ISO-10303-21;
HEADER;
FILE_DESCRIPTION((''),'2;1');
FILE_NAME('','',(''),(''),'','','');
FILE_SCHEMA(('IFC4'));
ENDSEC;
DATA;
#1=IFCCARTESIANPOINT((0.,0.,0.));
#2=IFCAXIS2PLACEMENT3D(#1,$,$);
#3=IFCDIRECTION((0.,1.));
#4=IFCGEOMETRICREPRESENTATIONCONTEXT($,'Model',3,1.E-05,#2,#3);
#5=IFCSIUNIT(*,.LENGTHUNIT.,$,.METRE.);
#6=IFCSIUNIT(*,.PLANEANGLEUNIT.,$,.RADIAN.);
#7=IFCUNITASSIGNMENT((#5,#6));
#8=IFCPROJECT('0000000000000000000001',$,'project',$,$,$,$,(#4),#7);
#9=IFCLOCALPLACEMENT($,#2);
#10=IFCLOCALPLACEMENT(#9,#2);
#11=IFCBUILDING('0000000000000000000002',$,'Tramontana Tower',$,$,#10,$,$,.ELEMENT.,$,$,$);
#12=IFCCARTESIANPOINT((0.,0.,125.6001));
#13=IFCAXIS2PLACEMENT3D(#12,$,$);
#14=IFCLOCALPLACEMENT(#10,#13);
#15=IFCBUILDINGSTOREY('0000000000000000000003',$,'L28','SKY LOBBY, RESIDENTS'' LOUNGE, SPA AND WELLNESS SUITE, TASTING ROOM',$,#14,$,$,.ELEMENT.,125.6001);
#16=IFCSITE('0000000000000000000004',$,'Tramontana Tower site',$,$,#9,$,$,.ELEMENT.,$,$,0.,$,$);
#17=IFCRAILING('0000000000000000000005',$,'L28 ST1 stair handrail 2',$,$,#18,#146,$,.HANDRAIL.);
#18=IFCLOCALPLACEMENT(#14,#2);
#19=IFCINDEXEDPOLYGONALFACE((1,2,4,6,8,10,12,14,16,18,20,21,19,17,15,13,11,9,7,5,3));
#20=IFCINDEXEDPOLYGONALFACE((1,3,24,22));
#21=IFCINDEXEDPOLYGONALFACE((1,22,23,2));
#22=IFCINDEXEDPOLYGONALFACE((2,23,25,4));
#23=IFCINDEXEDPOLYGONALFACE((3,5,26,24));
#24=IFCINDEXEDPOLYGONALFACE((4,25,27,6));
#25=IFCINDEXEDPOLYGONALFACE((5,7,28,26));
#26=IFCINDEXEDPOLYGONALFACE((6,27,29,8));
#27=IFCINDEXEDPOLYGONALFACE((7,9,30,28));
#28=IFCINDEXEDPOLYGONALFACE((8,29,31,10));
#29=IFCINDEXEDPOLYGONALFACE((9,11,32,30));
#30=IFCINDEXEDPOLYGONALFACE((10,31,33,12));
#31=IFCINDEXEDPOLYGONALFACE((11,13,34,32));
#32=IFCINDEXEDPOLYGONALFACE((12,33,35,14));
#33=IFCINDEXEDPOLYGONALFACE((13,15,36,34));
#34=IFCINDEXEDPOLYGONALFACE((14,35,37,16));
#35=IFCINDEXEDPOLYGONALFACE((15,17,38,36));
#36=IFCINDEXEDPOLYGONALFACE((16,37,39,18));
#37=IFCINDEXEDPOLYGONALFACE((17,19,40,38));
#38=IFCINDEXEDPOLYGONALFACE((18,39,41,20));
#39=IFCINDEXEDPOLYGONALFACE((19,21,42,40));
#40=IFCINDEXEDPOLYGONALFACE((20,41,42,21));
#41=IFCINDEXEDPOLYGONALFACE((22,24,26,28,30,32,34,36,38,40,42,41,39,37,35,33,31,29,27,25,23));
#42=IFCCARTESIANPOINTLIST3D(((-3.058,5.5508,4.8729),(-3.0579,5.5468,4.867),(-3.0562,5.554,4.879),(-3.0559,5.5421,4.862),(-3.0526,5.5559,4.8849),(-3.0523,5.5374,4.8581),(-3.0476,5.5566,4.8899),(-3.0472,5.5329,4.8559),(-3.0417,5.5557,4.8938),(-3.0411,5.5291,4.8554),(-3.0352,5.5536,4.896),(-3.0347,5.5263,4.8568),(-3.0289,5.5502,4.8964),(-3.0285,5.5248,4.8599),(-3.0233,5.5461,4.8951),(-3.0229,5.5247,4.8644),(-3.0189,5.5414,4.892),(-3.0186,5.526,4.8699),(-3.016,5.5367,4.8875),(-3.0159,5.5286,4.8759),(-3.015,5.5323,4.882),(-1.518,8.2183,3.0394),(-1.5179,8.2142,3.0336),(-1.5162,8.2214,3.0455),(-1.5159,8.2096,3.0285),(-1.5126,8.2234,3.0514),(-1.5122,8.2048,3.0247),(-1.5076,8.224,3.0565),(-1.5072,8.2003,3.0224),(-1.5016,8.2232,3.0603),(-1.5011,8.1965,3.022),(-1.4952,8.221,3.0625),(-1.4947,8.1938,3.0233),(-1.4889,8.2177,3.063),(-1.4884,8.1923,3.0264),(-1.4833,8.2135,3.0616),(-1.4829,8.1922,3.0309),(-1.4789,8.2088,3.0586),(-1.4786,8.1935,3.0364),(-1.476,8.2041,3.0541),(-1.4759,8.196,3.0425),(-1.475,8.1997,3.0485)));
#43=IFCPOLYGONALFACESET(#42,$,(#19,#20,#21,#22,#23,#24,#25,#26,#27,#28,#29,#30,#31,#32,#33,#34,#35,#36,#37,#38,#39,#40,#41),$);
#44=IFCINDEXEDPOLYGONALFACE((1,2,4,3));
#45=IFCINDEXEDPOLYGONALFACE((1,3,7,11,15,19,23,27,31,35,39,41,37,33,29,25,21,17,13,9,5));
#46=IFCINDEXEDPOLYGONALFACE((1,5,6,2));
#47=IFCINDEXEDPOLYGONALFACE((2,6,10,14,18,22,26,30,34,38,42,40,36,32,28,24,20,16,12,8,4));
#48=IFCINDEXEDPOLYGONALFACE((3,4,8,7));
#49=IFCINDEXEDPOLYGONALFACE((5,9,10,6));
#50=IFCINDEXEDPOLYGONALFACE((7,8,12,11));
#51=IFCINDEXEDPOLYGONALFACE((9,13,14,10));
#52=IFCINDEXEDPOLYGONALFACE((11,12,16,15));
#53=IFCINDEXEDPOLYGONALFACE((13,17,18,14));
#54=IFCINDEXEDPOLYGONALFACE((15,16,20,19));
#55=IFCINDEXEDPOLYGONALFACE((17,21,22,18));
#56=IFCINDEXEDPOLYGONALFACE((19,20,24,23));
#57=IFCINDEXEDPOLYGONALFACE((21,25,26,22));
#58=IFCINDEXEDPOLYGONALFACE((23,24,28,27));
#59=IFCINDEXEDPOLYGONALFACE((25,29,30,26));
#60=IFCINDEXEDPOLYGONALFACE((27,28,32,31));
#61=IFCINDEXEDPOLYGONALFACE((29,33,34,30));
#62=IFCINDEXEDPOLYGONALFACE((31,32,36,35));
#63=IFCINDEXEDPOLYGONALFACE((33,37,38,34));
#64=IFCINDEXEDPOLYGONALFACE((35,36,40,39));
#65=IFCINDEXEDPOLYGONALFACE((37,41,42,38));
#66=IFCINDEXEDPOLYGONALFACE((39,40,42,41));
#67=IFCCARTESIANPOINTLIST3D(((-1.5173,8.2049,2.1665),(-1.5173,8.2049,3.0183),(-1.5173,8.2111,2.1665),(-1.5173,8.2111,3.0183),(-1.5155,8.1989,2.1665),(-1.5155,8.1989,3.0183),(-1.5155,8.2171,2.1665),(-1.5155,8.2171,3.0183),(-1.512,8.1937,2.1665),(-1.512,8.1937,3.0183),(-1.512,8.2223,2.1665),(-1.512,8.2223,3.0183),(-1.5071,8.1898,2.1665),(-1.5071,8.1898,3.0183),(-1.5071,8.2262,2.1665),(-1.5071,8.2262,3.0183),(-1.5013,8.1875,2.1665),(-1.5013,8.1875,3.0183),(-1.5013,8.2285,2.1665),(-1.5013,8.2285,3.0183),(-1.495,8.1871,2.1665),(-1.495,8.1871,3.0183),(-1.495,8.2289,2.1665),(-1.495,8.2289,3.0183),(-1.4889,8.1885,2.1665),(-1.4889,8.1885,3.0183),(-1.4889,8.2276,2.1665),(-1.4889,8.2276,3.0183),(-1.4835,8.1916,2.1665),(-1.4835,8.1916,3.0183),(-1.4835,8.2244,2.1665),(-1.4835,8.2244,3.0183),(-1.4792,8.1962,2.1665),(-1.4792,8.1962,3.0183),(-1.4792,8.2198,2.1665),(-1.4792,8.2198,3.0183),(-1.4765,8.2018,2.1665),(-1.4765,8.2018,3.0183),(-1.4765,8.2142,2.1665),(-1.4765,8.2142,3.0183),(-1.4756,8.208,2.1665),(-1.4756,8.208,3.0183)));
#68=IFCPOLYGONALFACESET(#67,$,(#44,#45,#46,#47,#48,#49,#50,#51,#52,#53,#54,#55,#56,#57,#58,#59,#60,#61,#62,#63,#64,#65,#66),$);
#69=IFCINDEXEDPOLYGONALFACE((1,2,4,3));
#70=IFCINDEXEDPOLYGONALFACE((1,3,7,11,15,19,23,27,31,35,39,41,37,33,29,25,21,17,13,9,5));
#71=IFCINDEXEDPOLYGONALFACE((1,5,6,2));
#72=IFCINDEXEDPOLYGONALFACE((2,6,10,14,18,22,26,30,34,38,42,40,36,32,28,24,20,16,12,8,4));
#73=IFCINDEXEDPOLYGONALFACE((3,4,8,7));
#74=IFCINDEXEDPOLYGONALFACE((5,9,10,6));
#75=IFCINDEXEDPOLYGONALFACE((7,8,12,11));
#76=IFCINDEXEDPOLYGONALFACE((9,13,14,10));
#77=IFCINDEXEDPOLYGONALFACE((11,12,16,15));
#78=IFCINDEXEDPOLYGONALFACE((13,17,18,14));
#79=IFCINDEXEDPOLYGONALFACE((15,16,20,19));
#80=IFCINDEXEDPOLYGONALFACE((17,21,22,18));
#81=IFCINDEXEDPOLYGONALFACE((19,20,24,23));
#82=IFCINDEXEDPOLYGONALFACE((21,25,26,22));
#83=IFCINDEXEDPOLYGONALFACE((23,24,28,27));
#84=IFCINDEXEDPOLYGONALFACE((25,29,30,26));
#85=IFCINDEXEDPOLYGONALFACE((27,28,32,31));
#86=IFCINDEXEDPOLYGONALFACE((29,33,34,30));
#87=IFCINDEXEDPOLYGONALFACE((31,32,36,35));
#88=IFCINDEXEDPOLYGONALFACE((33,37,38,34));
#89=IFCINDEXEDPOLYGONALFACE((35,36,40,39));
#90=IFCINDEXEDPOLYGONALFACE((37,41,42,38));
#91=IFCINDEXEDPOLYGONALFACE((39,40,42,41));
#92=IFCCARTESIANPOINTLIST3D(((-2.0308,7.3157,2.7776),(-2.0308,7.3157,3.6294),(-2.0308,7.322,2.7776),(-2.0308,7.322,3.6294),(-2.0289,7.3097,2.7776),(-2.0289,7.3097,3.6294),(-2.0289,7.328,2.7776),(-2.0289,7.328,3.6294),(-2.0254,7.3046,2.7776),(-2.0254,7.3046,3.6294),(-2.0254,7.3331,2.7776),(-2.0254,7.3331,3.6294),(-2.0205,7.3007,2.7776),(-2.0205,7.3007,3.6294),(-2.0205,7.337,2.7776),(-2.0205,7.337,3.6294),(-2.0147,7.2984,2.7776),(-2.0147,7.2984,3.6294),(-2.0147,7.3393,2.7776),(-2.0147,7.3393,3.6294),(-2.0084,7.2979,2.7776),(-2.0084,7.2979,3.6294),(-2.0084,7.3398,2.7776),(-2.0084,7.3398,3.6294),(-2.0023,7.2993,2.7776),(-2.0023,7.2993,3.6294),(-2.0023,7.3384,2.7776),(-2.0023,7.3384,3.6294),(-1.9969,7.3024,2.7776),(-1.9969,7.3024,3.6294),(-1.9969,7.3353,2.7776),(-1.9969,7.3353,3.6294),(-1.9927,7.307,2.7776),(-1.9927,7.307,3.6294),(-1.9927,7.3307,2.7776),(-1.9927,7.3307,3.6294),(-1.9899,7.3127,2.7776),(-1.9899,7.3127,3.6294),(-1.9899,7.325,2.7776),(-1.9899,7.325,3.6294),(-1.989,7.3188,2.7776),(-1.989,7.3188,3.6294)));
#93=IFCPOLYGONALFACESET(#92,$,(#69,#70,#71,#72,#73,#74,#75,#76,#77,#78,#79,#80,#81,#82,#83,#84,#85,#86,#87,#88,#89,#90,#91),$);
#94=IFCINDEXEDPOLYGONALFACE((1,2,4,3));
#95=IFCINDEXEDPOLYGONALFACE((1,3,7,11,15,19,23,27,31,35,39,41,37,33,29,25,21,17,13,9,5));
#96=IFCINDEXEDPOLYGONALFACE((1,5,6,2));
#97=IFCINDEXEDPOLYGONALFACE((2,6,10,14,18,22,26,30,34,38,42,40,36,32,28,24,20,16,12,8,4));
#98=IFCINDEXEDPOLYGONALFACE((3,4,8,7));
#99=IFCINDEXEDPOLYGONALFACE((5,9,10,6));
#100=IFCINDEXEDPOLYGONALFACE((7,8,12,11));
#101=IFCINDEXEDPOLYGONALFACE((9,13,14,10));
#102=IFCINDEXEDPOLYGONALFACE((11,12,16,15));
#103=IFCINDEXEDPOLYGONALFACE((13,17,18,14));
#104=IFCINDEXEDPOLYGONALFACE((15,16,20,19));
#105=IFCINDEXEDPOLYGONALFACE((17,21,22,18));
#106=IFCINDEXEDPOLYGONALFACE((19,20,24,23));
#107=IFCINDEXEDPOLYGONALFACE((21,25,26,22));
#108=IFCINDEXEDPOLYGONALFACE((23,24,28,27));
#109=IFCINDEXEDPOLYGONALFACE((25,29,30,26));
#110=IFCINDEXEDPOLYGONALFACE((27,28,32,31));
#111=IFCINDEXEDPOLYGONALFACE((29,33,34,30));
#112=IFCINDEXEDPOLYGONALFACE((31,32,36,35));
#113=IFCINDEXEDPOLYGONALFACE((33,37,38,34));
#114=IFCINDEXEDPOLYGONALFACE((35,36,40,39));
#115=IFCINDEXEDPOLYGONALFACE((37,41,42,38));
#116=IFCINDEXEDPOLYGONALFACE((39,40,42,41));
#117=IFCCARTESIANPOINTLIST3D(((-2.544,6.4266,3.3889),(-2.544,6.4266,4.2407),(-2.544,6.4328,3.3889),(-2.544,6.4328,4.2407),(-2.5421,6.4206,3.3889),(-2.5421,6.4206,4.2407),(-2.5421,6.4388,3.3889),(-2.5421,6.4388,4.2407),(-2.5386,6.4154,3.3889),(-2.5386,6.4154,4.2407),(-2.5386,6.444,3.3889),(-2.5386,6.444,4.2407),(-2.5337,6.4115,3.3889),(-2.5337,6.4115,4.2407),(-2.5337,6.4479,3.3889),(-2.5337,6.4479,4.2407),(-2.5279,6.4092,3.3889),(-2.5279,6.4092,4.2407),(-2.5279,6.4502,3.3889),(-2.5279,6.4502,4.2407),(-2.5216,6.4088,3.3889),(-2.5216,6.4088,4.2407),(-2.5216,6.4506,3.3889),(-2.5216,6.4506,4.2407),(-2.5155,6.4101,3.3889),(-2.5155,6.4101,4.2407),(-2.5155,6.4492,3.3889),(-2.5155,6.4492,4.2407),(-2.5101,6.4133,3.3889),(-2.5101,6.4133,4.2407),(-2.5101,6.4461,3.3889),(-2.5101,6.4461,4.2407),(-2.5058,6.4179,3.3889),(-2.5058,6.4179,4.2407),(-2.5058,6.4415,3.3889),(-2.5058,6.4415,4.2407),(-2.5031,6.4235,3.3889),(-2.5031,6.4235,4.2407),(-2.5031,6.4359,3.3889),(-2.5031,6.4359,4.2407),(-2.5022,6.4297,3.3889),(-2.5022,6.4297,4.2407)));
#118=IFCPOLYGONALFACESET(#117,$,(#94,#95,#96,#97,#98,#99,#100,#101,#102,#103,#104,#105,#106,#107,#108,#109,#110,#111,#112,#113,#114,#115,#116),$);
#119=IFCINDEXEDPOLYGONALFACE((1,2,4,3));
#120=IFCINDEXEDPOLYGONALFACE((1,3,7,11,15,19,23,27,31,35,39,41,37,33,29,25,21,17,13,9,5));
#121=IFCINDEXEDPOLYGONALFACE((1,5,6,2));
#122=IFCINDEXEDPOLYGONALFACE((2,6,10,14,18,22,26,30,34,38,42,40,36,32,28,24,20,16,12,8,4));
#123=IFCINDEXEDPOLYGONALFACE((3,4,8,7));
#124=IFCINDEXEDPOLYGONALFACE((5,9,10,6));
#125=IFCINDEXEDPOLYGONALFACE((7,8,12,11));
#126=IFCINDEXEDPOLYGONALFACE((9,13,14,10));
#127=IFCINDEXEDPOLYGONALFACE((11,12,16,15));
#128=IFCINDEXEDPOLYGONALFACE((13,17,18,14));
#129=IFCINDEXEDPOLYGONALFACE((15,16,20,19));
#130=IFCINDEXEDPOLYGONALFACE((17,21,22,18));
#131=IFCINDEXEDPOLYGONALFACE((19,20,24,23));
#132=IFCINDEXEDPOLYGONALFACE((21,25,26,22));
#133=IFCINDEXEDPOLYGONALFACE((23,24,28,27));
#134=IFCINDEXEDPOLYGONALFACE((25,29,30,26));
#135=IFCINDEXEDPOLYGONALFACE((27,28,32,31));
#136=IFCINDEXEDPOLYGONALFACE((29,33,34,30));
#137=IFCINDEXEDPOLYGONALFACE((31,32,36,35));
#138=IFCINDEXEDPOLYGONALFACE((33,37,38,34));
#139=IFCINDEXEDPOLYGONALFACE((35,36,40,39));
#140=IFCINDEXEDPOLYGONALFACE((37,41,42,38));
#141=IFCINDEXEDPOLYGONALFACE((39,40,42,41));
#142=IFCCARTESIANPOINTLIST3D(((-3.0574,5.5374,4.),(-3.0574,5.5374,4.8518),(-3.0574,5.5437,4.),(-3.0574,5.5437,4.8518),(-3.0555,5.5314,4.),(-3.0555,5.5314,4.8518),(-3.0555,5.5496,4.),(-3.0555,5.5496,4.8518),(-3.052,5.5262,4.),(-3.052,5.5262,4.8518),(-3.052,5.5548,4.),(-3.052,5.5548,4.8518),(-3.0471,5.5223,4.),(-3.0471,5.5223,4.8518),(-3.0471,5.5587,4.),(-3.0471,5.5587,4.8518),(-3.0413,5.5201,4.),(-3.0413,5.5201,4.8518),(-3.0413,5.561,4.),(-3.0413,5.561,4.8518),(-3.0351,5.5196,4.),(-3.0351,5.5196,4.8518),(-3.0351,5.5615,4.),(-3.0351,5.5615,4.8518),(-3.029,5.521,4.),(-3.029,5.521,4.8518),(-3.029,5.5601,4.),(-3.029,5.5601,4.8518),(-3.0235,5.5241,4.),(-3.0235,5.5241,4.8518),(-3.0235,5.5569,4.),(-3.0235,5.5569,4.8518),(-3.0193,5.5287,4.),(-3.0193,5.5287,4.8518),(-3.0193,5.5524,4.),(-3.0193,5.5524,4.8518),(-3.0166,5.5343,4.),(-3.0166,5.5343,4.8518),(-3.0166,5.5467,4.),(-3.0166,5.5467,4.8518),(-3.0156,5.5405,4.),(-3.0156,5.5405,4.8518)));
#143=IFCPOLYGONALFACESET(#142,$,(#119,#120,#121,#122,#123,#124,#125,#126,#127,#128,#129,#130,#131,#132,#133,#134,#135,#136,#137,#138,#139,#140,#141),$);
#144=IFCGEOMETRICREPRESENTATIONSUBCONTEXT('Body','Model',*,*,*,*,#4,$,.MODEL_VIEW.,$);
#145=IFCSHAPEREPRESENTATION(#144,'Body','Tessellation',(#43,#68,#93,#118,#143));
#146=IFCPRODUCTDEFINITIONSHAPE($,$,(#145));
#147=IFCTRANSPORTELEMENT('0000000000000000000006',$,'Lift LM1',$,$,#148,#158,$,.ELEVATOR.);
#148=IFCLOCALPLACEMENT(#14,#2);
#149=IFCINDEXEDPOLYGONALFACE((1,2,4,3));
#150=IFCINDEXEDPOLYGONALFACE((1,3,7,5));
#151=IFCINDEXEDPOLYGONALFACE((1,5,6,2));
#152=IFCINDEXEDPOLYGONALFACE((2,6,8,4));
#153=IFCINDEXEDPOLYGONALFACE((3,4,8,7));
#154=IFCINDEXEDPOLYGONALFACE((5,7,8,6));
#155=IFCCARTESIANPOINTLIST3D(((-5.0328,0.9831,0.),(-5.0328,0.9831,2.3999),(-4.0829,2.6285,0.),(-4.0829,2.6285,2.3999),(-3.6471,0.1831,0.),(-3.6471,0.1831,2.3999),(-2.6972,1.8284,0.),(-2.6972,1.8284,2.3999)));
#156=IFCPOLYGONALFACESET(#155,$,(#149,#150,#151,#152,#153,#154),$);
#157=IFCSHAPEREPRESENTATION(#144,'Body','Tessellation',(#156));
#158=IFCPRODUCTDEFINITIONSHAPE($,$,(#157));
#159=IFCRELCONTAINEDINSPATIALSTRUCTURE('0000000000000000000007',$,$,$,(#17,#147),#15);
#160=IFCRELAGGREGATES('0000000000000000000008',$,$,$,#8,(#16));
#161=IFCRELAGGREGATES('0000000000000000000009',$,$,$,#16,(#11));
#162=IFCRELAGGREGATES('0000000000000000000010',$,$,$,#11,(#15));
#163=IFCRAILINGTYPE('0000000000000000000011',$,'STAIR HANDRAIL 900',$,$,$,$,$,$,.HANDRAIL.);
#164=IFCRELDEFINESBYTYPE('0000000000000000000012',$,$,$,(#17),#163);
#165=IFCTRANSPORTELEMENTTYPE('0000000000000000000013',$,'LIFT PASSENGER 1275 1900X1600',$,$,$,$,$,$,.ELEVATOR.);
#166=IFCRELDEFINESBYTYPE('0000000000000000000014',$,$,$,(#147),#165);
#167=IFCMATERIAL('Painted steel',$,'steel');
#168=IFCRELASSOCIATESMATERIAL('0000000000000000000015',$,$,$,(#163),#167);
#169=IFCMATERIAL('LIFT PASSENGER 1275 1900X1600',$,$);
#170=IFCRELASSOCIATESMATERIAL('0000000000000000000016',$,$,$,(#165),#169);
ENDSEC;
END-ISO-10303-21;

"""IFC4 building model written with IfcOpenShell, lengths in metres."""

from ifc_helpers import new_model, si_unit, direction, frame, origin, origin_2d, place, context, subcontext, project, spatial, rectangle, circle, extrude, material, type_object, element, save


model = new_model("IFC4")

# Units and contexts
model_context = context("Model", 3, precision=1e-05, world=origin(), true_north=direction((0.0, 1.0)))
body_context = subcontext(model_context, "Body", "Model", "MODEL_VIEW")
ifc_project = project(units=[si_unit("LENGTHUNIT", "METRE"), si_unit("PLANEANGLEUNIT", "RADIAN")], contexts=[model_context])

# Site, building, storey
site_placement = place(None, origin())
site = spatial("IfcSite", under=ifc_project, at=site_placement, Name="Tramontana Tower site", CompositionType="ELEMENT", RefElevation=0.0)
building_placement = place(site_placement, origin())
building = spatial("IfcBuilding", under=site, at=building_placement, Name="Tramontana Tower", CompositionType="ELEMENT")
storey_placement = place(building_placement, frame((0.0, 0.0, 125.6001)))
storey = spatial("IfcBuildingStorey", under=building, at=storey_placement, Name="L28", Description="SKY LOBBY, RESIDENTS' LOUNGE, SPA AND WELLNESS SUITE, TASTING ROOM", CompositionType="ELEMENT", Elevation=125.6001)

# Railing
ifc_material_1 = material(Name="Painted steel", Category="steel")
railing_type_1 = type_object("IfcRailingType", Name="STAIR HANDRAIL 900", PredefinedType="HANDRAIL", material=ifc_material_1)
railing_1_placement = place(storey_placement, frame((-1.4966, 8.208, 2.1665)))
element("IfcRailing", 1, at=railing_1_placement, inside=storey, type_object=railing_type_1, Name="L28 ST1 stair handrail 2", PredefinedType="HANDRAIL", context=body_context, shape_type="SweptSolid", body=[
    extrude(circle(Radius=0.0239, at=origin_2d()), frame((0.0, 0.0, 0.876), z_axis=(-0.429634, -0.744164, 0.511502), x_axis=(0.86603, -0.499992, 0.0)), (0.0, 0.0, 1.0), 3.5845),
    extrude(circle(Radius=0.021, at=origin_2d()), origin(), (0.0, 0.0, 1.0), 0.8518),
    extrude(circle(Radius=0.021, at=origin_2d()), frame((-0.5134, -0.8892, 0.6111)), (0.0, 0.0, 1.0), 0.8518),
    extrude(circle(Radius=0.021, at=origin_2d()), frame((-1.0266, -1.7783, 1.2224)), (0.0, 0.0, 1.0), 0.8518),
    extrude(circle(Radius=0.021, at=origin_2d()), frame((-1.54, -2.6675, 1.8335)), (0.0, 0.0, 1.0), 0.8518),
])

# Transport element
ifc_material_2 = material(Name="LIFT PASSENGER 1275 1900X1600")
transport_element_type = type_object("IfcTransportElementType", Name="LIFT PASSENGER 1275 1900X1600", PredefinedType="ELEVATOR", material=ifc_material_2)
transport_element_placement = place(storey_placement, frame((-3.865, 1.4058, 0.0), z_axis=(0.0, 0.0, 1.0), x_axis=(-0.5, -0.866025, 0.0)))
element("IfcTransportElement", 2, at=transport_element_placement, inside=storey, type_object=transport_element_type, Name="Lift LM1", PredefinedType="ELEVATOR", context=body_context, shape_type="SweptSolid", body=[
    extrude(rectangle(XDim=1.8999, YDim=1.6001, at=origin_2d()), origin(), (0.0, 0.0, 1.0), 2.3999),
])

save(model, "model.ifc")
